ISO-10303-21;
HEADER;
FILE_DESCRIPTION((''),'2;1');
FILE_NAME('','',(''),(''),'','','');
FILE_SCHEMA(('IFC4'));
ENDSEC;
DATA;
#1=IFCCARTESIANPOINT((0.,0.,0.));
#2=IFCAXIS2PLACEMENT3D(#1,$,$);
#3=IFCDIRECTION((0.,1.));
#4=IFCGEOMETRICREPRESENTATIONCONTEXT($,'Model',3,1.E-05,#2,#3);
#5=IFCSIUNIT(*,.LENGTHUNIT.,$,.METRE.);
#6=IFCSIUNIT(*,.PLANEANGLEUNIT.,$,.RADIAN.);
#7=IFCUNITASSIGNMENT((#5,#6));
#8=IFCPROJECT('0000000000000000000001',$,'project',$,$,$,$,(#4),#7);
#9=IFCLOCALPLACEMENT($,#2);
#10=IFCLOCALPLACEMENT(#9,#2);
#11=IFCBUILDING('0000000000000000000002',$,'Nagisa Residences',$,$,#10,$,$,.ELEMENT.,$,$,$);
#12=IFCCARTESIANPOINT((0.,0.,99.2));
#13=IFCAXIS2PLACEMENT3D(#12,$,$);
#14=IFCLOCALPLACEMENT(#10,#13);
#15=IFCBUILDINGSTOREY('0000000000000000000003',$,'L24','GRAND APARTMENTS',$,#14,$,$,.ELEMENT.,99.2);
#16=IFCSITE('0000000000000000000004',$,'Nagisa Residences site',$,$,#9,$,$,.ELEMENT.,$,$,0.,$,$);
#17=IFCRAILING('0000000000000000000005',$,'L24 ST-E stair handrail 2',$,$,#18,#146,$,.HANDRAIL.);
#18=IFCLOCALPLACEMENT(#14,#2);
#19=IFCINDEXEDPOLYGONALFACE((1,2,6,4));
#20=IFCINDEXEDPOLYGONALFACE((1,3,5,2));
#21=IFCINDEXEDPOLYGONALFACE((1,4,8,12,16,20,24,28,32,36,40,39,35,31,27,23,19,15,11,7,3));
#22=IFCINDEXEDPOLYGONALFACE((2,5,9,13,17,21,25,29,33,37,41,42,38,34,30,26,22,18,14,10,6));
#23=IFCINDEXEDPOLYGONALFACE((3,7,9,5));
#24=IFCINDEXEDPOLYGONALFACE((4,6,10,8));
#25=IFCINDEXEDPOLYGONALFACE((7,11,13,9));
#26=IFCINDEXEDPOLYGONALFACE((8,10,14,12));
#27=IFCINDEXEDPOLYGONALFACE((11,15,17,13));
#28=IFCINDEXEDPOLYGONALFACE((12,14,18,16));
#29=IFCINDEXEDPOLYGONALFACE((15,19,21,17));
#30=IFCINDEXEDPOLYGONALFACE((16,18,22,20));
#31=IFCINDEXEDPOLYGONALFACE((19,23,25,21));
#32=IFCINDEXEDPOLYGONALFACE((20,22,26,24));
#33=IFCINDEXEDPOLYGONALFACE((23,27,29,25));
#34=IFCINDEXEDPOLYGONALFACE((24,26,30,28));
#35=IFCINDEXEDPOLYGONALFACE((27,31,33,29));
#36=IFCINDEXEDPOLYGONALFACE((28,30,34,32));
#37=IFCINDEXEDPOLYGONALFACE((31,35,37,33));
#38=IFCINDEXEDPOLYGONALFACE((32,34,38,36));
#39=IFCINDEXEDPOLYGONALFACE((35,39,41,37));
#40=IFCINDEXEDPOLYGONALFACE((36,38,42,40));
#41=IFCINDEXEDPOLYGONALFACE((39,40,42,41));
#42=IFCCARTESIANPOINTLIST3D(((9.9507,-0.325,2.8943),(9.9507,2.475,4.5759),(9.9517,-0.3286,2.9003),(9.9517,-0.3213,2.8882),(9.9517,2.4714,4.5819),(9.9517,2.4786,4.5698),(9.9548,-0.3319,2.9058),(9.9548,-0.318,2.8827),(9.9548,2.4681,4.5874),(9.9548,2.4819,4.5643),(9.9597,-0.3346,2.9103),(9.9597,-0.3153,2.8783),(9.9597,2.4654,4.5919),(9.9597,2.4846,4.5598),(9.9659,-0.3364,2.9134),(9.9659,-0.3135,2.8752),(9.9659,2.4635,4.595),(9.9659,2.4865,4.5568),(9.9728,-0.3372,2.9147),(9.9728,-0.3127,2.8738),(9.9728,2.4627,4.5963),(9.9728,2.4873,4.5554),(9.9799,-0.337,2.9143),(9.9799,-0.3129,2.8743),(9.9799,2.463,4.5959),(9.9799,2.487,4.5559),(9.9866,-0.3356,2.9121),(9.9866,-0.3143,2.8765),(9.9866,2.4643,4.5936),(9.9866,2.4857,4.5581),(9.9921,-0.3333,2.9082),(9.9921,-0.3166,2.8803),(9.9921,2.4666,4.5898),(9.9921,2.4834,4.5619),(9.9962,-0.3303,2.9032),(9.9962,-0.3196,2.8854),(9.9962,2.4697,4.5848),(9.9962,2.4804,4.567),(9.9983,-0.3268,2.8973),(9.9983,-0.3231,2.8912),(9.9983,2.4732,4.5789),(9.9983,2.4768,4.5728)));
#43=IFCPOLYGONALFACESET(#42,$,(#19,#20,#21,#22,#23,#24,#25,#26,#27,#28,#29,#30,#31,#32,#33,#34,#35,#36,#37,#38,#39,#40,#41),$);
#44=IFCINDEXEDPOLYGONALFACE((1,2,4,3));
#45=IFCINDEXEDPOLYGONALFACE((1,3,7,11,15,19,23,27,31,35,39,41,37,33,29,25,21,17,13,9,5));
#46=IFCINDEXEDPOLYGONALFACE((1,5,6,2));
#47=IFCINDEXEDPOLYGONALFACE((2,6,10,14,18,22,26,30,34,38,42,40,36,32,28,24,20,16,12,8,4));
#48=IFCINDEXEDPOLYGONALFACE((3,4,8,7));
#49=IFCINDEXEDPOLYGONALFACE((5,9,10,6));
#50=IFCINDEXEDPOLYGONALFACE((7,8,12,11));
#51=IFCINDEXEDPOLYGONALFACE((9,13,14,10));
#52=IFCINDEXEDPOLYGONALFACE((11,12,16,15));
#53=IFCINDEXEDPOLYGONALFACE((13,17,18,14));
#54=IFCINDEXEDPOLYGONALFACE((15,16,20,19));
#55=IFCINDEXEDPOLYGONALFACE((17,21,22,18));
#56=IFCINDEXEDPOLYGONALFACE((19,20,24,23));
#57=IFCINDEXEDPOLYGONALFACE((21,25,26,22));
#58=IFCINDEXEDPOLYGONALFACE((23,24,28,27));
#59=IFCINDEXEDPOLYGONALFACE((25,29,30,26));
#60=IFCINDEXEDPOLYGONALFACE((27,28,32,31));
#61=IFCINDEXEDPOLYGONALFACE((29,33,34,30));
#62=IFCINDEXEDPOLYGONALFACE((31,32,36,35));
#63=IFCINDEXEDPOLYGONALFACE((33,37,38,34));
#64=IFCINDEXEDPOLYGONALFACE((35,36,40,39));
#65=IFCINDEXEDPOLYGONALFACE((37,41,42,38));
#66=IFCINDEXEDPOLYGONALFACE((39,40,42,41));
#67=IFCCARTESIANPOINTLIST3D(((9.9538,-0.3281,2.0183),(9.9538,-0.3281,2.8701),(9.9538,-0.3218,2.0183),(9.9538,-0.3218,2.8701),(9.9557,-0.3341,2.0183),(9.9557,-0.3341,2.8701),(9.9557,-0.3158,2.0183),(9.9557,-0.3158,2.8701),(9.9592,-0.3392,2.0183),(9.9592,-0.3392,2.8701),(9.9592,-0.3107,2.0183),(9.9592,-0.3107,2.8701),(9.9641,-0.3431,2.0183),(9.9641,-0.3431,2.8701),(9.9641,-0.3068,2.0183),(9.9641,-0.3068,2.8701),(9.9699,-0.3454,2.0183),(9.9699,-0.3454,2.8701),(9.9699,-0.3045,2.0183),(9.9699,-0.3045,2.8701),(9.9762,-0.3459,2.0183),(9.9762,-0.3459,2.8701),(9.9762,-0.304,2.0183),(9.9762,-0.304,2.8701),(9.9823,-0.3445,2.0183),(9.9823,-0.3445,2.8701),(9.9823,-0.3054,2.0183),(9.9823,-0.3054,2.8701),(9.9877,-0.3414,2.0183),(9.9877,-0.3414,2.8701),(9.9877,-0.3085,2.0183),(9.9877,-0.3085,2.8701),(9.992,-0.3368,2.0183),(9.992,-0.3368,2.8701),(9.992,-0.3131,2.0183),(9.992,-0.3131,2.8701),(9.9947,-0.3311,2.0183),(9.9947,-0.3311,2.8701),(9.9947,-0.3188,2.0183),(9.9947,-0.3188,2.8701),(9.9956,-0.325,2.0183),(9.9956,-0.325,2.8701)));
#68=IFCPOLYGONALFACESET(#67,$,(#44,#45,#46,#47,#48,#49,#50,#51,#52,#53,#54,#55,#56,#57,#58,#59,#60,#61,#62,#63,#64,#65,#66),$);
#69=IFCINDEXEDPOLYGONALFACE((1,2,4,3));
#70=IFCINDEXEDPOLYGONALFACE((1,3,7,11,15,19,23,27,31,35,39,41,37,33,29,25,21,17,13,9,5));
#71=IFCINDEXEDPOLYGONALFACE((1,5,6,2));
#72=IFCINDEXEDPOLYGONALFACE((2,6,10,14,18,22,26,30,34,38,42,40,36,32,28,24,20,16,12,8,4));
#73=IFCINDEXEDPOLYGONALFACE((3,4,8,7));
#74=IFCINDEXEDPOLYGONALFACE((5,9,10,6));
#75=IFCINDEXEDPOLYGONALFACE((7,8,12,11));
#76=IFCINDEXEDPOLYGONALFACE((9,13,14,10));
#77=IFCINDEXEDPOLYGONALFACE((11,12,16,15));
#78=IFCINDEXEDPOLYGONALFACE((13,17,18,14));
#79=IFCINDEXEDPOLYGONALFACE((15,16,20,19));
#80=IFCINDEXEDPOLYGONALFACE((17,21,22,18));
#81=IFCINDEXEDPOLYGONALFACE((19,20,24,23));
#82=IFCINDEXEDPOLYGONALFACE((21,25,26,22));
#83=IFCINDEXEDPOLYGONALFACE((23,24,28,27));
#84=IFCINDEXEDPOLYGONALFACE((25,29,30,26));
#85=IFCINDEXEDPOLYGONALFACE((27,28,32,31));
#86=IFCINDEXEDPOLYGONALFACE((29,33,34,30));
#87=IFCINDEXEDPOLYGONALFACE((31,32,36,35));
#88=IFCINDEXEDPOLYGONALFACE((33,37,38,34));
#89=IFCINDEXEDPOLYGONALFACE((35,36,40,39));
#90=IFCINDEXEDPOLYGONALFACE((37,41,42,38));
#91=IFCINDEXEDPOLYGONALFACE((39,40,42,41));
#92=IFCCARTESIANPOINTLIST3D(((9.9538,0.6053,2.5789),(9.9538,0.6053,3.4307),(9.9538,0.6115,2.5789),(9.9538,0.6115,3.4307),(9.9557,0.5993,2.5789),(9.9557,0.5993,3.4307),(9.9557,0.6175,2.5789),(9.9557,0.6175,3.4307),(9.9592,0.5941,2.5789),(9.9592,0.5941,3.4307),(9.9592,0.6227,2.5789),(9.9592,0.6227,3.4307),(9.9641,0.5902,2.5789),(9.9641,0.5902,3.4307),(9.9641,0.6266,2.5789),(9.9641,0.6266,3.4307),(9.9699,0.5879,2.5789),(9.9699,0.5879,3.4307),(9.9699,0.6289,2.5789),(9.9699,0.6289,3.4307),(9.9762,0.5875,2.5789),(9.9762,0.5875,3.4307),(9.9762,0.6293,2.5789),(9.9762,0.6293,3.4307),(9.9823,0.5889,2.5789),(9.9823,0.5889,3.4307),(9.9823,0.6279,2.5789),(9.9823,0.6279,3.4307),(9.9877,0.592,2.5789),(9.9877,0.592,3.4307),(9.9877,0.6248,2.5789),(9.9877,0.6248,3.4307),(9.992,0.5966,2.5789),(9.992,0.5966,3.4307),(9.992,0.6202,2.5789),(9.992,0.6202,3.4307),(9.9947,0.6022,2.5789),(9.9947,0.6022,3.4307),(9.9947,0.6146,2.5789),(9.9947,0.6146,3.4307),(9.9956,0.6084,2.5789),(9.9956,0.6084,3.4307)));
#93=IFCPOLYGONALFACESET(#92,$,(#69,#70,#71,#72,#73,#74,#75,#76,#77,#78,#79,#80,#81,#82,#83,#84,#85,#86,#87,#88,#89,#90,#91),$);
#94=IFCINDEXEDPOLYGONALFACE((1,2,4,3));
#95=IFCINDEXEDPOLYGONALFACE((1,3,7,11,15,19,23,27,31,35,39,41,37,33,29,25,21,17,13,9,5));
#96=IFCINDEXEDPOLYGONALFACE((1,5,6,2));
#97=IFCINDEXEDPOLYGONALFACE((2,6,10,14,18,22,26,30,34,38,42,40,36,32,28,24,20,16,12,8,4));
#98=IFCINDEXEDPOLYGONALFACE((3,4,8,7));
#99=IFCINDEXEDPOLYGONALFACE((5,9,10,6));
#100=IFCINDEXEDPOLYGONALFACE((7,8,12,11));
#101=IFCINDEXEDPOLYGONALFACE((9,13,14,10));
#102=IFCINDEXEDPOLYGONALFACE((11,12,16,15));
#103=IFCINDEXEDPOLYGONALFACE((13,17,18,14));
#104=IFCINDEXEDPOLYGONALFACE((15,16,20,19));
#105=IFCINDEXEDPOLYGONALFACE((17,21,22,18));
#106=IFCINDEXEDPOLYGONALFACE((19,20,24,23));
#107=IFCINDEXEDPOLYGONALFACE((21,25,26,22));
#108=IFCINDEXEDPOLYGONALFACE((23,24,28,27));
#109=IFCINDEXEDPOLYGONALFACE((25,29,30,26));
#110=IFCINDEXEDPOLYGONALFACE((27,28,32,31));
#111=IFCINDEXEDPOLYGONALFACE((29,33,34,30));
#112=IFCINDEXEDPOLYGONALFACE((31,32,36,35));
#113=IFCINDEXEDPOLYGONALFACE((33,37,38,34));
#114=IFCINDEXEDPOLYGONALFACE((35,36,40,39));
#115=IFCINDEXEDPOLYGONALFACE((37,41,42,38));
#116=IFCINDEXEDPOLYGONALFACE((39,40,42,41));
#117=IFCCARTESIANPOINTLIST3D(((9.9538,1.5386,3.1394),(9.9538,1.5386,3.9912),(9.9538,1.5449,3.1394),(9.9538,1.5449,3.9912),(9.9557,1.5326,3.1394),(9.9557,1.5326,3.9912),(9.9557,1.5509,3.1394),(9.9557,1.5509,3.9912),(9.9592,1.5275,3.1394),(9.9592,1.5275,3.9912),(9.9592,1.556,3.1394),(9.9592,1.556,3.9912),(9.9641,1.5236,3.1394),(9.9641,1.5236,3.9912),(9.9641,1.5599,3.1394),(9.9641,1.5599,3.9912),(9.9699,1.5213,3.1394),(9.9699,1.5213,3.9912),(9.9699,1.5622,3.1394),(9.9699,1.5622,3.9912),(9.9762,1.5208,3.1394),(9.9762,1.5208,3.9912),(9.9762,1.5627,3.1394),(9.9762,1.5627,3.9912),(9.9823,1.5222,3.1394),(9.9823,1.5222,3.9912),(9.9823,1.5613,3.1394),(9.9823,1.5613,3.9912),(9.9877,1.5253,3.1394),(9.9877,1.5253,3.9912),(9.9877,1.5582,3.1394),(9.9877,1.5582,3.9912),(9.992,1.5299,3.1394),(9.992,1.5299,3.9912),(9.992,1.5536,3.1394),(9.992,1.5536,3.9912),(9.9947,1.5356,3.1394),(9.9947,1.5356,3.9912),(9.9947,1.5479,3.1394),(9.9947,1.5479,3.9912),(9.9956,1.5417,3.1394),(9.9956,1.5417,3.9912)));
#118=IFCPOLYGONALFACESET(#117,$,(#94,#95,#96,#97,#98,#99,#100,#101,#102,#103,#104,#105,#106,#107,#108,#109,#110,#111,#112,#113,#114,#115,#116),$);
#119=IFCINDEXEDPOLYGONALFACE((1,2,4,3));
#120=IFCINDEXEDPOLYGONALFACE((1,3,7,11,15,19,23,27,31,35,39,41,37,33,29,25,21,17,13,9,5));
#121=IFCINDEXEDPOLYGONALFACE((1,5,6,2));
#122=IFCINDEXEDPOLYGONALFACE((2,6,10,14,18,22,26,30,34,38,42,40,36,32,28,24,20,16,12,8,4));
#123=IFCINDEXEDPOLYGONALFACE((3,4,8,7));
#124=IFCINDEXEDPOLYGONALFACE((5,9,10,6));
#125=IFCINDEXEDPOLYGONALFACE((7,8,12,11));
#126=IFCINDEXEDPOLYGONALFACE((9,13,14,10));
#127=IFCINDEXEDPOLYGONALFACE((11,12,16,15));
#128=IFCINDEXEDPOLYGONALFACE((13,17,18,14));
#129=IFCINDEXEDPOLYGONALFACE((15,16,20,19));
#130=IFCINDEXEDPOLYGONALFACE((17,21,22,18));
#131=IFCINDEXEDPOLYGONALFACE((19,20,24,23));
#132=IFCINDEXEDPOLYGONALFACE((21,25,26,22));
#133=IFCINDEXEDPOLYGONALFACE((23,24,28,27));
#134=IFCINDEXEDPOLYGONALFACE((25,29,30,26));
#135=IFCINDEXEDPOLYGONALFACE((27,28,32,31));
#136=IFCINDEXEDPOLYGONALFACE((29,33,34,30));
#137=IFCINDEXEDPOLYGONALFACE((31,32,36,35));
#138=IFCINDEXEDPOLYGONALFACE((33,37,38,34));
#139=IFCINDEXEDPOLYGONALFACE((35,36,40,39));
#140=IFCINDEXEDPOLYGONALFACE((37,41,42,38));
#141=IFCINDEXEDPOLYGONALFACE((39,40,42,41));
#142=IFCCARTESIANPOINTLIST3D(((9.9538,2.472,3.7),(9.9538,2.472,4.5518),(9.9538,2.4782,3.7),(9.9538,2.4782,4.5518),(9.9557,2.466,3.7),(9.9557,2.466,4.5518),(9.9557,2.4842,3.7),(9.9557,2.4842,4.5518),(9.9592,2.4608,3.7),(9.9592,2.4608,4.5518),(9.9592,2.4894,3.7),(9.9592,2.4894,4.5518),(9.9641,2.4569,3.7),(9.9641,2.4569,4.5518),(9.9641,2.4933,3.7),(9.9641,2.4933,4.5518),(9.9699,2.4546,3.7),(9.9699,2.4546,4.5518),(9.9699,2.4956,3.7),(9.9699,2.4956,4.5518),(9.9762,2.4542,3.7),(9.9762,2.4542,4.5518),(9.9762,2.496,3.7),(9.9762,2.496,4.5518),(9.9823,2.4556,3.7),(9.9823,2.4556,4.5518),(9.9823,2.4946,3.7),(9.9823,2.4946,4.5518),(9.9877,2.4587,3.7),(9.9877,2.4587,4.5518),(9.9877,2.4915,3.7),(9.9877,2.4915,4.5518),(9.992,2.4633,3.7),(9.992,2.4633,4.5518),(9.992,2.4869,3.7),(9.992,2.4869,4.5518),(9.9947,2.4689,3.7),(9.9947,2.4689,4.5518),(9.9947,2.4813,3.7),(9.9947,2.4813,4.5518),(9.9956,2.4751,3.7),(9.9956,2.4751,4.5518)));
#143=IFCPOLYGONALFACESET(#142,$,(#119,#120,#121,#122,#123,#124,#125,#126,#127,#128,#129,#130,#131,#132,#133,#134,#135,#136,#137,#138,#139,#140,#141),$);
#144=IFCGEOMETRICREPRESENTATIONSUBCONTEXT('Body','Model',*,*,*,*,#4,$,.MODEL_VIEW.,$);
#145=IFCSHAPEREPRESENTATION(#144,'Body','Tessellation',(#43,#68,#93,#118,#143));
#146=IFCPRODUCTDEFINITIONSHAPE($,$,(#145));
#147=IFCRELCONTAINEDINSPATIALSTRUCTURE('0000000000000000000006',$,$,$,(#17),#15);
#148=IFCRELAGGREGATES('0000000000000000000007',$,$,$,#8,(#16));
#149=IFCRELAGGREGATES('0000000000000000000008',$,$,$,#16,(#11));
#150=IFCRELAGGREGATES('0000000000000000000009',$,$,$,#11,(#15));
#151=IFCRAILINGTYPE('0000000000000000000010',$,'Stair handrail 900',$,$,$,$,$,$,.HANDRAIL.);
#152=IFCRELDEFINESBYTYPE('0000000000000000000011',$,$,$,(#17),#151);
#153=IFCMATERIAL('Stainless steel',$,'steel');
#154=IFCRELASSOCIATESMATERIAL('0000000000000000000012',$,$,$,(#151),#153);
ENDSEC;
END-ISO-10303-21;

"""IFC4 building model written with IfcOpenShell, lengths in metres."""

from ifc_helpers import new_model, si_unit, direction, frame, origin, origin_2d, place, context, subcontext, project, spatial, circle, extrude, material, type_object, element, save


model = new_model("IFC4")

# Units and contexts
model_context = context("Model", 3, precision=1e-05, world=origin(), true_north=direction((0.0, 1.0)))
body_context = subcontext(model_context, "Body", "Model", "MODEL_VIEW")
ifc_project = project(units=[si_unit("LENGTHUNIT", "METRE"), si_unit("PLANEANGLEUNIT", "RADIAN")], contexts=[model_context])

# Site, building, storey
site_placement = place(None, origin())
site = spatial("IfcSite", under=ifc_project, at=site_placement, Name="Nagisa Residences site", CompositionType="ELEMENT", RefElevation=0.0)
building_placement = place(site_placement, origin())
building = spatial("IfcBuilding", under=site, at=building_placement, Name="Nagisa Residences", CompositionType="ELEMENT")
storey_placement = place(building_placement, frame((0.0, 0.0, 99.2)))
storey = spatial("IfcBuildingStorey", under=building, at=storey_placement, Name="L24", Description="GRAND APARTMENTS", CompositionType="ELEMENT", Elevation=99.2)

# Railing
ifc_material_1 = material(Name="Stainless steel", Category="steel")
railing_type_1 = type_object("IfcRailingType", Name="Stair handrail 900", PredefinedType="HANDRAIL", material=ifc_material_1)
railing_1_placement = place(storey_placement, frame((9.9746, -0.325, 2.0183)))
element("IfcRailing", 1, at=railing_1_placement, inside=storey, type_object=railing_type_1, Name="L24 ST-E stair handrail 2", PredefinedType="HANDRAIL", context=body_context, shape_type="SweptSolid", body=[
    extrude(circle(Radius=0.0239, at=origin_2d()), frame((0.0, 0.0, 0.876), z_axis=(0.0, 0.857275, 0.514858), x_axis=(-1.0, 0.0, 0.0)), (0.0, 0.0, 1.0), 3.2661),
    extrude(circle(Radius=0.021, at=origin_2d()), origin(), (0.0, 0.0, 1.0), 0.8518),
    extrude(circle(Radius=0.021, at=origin_2d()), frame((0.0, 0.9333, 0.5605)), (0.0, 0.0, 1.0), 0.8518),
    extrude(circle(Radius=0.021, at=origin_2d()), frame((0.0, 1.8667, 1.1211)), (0.0, 0.0, 1.0), 0.8518),
    extrude(circle(Radius=0.021, at=origin_2d()), frame((0.0, 2.8, 1.6816)), (0.0, 0.0, 1.0), 0.8518),
])

save(model, "model.ifc")
